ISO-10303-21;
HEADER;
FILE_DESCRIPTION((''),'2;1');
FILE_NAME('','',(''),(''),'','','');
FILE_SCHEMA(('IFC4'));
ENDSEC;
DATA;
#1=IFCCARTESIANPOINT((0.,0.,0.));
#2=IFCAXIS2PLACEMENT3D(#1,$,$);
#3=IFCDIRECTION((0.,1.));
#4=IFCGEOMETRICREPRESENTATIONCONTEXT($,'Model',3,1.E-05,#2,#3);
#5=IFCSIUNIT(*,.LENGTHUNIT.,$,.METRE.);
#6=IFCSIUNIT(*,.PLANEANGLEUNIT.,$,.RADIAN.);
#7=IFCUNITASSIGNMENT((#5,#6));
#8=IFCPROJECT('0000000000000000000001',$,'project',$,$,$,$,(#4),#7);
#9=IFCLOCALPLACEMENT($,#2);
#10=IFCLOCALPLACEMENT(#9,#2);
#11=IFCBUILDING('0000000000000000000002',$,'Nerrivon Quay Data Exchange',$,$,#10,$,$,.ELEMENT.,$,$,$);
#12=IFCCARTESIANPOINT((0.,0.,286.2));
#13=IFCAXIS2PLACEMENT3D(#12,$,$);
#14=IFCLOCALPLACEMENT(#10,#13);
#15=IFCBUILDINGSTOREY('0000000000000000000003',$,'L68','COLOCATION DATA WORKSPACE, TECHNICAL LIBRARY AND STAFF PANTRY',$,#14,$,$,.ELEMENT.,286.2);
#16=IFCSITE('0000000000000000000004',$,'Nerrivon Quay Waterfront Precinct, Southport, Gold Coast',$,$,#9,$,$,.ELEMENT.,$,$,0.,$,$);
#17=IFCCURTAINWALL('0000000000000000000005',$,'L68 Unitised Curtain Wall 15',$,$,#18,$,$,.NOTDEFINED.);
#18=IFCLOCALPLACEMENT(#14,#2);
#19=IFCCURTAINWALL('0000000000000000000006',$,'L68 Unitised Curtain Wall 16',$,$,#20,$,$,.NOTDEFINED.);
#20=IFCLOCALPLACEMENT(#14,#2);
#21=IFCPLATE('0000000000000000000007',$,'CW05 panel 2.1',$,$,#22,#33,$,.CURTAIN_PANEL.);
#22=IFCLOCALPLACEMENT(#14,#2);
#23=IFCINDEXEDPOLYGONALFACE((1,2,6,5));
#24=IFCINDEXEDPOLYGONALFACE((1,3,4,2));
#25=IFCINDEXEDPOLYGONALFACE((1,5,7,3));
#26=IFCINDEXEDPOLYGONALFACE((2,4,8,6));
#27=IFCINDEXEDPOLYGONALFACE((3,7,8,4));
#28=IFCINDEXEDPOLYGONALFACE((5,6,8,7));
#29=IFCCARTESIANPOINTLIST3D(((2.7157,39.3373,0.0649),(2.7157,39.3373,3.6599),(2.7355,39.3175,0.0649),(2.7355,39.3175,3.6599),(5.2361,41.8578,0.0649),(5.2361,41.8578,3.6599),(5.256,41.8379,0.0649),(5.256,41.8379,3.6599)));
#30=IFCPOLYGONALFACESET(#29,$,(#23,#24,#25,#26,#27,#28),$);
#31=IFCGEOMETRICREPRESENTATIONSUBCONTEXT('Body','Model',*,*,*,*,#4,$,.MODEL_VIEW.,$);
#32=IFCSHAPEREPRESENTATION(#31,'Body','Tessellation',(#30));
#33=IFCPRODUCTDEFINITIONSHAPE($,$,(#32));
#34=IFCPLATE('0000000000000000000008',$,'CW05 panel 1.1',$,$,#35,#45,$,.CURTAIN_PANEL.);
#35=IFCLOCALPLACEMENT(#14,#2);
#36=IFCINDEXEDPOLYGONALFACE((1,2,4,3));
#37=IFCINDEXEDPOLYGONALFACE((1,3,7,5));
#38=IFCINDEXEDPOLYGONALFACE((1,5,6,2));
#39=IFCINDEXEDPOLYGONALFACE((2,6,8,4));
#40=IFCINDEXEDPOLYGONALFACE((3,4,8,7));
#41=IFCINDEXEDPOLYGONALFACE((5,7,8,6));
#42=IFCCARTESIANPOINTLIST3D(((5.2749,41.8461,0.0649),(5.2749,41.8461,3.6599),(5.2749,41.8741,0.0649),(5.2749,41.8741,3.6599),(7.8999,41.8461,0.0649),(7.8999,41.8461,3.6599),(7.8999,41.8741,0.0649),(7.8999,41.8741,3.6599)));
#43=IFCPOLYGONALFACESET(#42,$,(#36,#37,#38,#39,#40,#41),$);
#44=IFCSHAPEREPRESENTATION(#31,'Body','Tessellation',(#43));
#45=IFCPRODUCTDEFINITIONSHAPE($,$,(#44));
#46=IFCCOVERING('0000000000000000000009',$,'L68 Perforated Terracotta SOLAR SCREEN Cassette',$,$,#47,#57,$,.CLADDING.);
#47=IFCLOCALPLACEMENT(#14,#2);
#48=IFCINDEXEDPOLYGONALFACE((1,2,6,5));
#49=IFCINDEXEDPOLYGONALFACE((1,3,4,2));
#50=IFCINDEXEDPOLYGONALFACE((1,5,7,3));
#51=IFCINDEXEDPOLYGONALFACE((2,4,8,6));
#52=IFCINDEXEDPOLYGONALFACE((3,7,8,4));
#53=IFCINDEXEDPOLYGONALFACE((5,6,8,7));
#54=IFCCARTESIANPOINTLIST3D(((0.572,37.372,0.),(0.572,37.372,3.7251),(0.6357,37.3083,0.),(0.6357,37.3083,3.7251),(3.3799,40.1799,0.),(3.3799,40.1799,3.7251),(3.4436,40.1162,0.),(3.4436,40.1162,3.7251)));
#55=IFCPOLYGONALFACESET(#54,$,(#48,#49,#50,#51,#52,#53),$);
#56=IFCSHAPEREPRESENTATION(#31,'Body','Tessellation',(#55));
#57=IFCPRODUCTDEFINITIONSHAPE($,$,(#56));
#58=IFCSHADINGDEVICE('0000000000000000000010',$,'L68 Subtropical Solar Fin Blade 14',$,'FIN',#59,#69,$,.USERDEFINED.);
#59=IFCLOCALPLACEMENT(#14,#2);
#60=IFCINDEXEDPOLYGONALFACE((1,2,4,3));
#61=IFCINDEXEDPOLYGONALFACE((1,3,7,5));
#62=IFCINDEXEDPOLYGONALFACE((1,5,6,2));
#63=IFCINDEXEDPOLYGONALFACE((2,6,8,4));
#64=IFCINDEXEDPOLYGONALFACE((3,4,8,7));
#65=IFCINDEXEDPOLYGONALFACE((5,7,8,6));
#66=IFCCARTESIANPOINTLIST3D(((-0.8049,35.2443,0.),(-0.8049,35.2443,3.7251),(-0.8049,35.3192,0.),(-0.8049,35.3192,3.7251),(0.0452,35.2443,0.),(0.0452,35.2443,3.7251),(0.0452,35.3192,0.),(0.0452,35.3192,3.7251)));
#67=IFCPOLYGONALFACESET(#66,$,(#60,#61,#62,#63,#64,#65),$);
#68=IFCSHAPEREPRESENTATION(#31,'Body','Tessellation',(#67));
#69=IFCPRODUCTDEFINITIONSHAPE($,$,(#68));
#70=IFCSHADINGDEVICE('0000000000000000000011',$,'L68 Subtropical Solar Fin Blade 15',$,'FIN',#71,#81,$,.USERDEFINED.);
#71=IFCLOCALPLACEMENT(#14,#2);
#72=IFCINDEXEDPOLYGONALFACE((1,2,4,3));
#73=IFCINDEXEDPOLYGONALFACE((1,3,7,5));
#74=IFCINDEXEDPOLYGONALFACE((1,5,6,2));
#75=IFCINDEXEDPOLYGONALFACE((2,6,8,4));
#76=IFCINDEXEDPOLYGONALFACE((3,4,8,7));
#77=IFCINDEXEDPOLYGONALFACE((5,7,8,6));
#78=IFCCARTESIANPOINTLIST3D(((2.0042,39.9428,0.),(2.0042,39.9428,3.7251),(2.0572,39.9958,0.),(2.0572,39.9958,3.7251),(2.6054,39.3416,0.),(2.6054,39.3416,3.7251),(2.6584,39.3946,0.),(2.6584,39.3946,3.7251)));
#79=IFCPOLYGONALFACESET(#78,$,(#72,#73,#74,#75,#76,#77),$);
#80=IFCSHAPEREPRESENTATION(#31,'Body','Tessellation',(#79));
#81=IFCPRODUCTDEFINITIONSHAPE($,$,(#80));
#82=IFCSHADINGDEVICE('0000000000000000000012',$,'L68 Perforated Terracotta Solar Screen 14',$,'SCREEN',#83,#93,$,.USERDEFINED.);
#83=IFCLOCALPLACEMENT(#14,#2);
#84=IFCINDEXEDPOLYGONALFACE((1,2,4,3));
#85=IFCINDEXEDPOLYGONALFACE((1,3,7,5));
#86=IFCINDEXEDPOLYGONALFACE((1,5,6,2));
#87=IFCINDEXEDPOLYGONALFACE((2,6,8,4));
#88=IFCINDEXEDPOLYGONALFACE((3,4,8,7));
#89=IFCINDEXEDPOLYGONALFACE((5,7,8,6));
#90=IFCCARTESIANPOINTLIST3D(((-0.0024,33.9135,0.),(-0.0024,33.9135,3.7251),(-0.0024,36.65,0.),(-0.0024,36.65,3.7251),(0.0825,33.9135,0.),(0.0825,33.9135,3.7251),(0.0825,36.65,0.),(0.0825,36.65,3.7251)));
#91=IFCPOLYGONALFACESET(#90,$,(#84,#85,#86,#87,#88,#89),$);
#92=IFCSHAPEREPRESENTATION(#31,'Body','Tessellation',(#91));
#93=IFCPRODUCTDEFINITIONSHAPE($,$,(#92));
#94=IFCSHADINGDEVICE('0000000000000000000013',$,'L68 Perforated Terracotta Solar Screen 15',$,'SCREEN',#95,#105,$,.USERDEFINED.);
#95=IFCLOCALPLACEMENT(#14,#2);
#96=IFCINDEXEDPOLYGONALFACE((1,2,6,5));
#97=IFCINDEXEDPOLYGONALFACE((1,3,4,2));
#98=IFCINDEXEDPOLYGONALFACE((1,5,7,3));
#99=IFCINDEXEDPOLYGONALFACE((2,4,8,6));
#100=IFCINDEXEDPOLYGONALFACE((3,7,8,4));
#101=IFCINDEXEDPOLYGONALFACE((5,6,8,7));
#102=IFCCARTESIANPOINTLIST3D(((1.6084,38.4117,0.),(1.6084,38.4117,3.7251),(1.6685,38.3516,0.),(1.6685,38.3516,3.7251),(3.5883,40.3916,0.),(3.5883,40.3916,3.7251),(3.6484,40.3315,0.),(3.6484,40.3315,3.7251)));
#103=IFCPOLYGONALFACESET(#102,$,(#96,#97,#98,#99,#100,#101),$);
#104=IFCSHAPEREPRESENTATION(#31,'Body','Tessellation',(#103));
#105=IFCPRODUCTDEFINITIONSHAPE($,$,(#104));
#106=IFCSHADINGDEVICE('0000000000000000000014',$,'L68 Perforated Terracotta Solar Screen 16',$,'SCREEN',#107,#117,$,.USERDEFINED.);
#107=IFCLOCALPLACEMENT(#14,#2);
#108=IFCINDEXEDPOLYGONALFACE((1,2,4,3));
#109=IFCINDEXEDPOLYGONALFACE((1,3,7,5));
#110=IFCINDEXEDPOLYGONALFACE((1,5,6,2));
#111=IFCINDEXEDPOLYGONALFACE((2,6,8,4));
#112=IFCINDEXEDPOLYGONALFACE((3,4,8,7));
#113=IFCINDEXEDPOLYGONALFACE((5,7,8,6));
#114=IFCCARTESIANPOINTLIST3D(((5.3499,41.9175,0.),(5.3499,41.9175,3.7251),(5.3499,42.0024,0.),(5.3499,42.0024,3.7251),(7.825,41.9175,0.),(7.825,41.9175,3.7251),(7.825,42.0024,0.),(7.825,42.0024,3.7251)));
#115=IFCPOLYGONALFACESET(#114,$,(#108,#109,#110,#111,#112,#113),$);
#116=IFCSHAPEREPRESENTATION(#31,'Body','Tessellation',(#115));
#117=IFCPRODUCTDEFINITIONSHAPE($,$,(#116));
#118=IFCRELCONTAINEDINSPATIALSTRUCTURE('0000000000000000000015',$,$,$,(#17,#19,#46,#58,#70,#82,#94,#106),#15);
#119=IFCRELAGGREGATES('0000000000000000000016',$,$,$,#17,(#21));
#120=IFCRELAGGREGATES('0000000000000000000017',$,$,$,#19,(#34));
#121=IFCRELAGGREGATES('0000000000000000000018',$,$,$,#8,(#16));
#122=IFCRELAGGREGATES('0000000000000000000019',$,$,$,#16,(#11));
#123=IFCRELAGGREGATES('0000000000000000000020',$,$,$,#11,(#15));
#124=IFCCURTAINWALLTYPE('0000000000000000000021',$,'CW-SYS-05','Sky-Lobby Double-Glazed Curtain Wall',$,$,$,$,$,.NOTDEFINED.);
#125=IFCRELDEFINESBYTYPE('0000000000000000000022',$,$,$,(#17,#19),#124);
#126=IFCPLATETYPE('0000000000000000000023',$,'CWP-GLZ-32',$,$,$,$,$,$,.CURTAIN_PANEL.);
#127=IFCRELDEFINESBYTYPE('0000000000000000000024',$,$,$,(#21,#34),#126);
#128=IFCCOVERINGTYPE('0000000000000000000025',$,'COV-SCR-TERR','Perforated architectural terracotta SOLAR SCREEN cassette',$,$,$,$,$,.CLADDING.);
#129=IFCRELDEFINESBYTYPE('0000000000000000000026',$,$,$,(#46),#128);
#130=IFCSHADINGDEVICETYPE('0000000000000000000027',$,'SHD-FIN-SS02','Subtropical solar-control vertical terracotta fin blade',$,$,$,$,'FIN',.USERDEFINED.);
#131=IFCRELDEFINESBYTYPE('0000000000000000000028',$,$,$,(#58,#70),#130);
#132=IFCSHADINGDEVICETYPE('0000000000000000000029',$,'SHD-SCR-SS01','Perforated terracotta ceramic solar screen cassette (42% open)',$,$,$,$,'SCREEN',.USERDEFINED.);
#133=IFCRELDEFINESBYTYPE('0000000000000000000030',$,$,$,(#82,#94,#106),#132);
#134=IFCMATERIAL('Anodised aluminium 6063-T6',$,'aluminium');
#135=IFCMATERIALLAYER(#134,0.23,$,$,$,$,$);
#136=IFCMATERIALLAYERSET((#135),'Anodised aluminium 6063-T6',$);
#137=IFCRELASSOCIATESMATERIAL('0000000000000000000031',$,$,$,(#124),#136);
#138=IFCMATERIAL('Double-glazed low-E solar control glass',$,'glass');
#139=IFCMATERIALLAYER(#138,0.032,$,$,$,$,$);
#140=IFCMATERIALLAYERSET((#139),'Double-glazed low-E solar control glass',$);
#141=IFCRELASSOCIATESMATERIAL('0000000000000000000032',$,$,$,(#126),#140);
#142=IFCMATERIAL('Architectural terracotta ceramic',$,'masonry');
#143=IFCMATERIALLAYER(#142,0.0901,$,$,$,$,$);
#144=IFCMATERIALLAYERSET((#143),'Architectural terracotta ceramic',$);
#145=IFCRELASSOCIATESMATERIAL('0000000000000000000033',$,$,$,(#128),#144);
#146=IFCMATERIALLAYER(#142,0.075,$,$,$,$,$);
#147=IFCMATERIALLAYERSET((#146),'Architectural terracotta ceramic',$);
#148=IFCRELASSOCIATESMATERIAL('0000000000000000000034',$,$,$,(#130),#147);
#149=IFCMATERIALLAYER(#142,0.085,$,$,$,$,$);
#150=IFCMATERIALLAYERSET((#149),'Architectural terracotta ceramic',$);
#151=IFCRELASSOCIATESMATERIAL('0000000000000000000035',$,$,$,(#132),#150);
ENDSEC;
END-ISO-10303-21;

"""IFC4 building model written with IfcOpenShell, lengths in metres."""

from ifc_helpers import new_model, si_unit, direction, frame, origin, origin_2d, place, context, subcontext, project, spatial, rectangle, extrude, material, layer, layer_set, type_object, element, aggregate, save


model = new_model("IFC4")

# Units and contexts
model_context = context("Model", 3, precision=1e-05, world=origin(), true_north=direction((0.0, 1.0)))
body_context = subcontext(model_context, "Body", "Model", "MODEL_VIEW")
ifc_project = project(units=[si_unit("LENGTHUNIT", "METRE"), si_unit("PLANEANGLEUNIT", "RADIAN")], contexts=[model_context])

# Site, building, storey
site_placement = place(None, origin())
site = spatial("IfcSite", under=ifc_project, at=site_placement, Name="Nerrivon Quay Waterfront Precinct, Southport, Gold Coast", CompositionType="ELEMENT", RefElevation=0.0)
building_placement = place(site_placement, origin())
building = spatial("IfcBuilding", under=site, at=building_placement, Name="Nerrivon Quay Data Exchange", CompositionType="ELEMENT")
storey_placement = place(building_placement, frame((0.0, 0.0, 286.2)))
storey = spatial("IfcBuildingStorey", under=building, at=storey_placement, Name="L68", Description="COLOCATION DATA WORKSPACE, TECHNICAL LIBRARY AND STAFF PANTRY", CompositionType="ELEMENT", Elevation=286.2)

# Curtain wall
ifc_material_1 = material(Name="Anodised aluminium 6063-T6", Category="aluminium")
ifc_layer_1 = layer(ifc_material_1, 0.23)
ifc_layer_set_1 = layer_set([ifc_layer_1], Name="Anodised aluminium 6063-T6")
curtain_wall_type = type_object("IfcCurtainWallType", Name="CW-SYS-05", Description="Sky-Lobby Double-Glazed Curtain Wall", PredefinedType="NOTDEFINED", material=ifc_layer_set_1)
curtain_wall_1_placement = place(storey_placement, origin())
curtain_wall_1 = element("IfcCurtainWall", 1, at=curtain_wall_1_placement, inside=storey, type_object=curtain_wall_type, Name="L68 Unitised Curtain Wall 15", PredefinedType="NOTDEFINED")

# Curtain wall
curtain_wall_2_placement = place(storey_placement, origin())
curtain_wall_2 = element("IfcCurtainWall", 2, at=curtain_wall_2_placement, inside=storey, type_object=curtain_wall_type, Name="L68 Unitised Curtain Wall 16", PredefinedType="NOTDEFINED")

# Plates
ifc_material_2 = material(Name="Double-glazed low-E solar control glass", Category="glass")
ifc_layer_2 = layer(ifc_material_2, 0.032)
ifc_layer_set_2 = layer_set([ifc_layer_2], Name="Double-glazed low-E solar control glass")
plate_type = type_object("IfcPlateType", Name="CWP-GLZ-32", PredefinedType="CURTAIN_PANEL", material=ifc_layer_set_2)
plate_1_placement = place(storey_placement, frame((3.9858, 40.5876, 0.0649), z_axis=(0.0, 0.0, 1.0), x_axis=(0.707107, 0.707107, 0.0)))
plate_1 = element("IfcPlate", 3, at=plate_1_placement, type_object=plate_type, Name="CW05 panel 2.1", PredefinedType="CURTAIN_PANEL", context=body_context, shape_type="SweptSolid", body=[
    extrude(rectangle(XDim=3.5645, YDim=0.0281, at=origin_2d()), origin(), (0.0, 0.0, 1.0), 3.595),
])
aggregate(curtain_wall_1, [plate_1])
plate_2_placement = place(storey_placement, frame((6.5874, 41.8601, 0.0649), z_axis=(0.0, 0.0, 1.0), x_axis=(1.0, 0.0, 0.0)))
plate_2 = element("IfcPlate", 4, at=plate_2_placement, type_object=plate_type, Name="CW05 panel 1.1", PredefinedType="CURTAIN_PANEL", context=body_context, shape_type="SweptSolid", body=[
    extrude(rectangle(XDim=2.625, YDim=0.0281, at=origin_2d()), origin(), (0.0, 0.0, 1.0), 3.595),
])
aggregate(curtain_wall_2, [plate_2])

# Covering
ifc_material_3 = material(Name="Architectural terracotta ceramic", Category="masonry")
ifc_layer_3 = layer(ifc_material_3, 0.0901)
ifc_layer_set_3 = layer_set([ifc_layer_3], Name="Architectural terracotta ceramic")
covering_type = type_object("IfcCoveringType", Name="COV-SCR-TERR", Description="Perforated architectural terracotta SOLAR SCREEN cassette", PredefinedType="CLADDING", material=ifc_layer_set_3)
covering_placement = place(storey_placement, frame((2.0078, 38.7441, 0.0), z_axis=(0.0, 0.0, 1.0), x_axis=(0.707107, 0.707107, 0.0)))
element("IfcCovering", 5, at=covering_placement, inside=storey, type_object=covering_type, Name="L68 Perforated Terracotta SOLAR SCREEN Cassette", PredefinedType="CLADDING", context=body_context, shape_type="SweptSolid", body=[
    extrude(rectangle(XDim=3.9709, YDim=0.0901, at=origin_2d()), origin(), (0.0, 0.0, 1.0), 3.7251),
])

# Shading devices
ifc_layer_4 = layer(ifc_material_3, 0.075)
ifc_layer_set_4 = layer_set([ifc_layer_4], Name="Architectural terracotta ceramic")
shading_device_type_1 = type_object("IfcShadingDeviceType", Name="SHD-FIN-SS02", Description="Subtropical solar-control vertical terracotta fin blade", ElementType="FIN", PredefinedType="USERDEFINED", material=ifc_layer_set_4)
for number, where, z_axis, x_axis, name in (
    (6, (-0.3799, 35.2817, 0.0), (0.0, 0.0, 1.0), (0.0, 1.0, 0.0), "L68 Subtropical Solar Fin Blade 14"),
    (7, (2.3313, 39.6687, 0.0), (0.0, 0.0, 1.0), (0.707107, 0.707107, 0.0), "L68 Subtropical Solar Fin Blade 15"),
):
    element("IfcShadingDevice", number, at=place(storey_placement, frame(where, z_axis=z_axis, x_axis=x_axis)), inside=storey, type_object=shading_device_type_1, Name=name, ObjectType="FIN", PredefinedType="USERDEFINED", context=body_context, shape_type="SweptSolid", body=[
        extrude(rectangle(XDim=0.075, YDim=0.8501, at=origin_2d()), origin(), (0.0, 0.0, 1.0), 3.7251),
    ])
ifc_layer_5 = layer(ifc_material_3, 0.085)
ifc_layer_set_5 = layer_set([ifc_layer_5], Name="Architectural terracotta ceramic")
shading_device_type_2 = type_object("IfcShadingDeviceType", Name="SHD-SCR-SS01", Description="Perforated terracotta ceramic solar screen cassette (42% open)", ElementType="SCREEN", PredefinedType="USERDEFINED", material=ifc_layer_set_5)
shading_device_1_placement = place(storey_placement, frame((0.04, 35.2817, 0.0), z_axis=(0.0, 0.0, 1.0), x_axis=(0.0, 1.0, 0.0)))
element("IfcShadingDevice", 8, at=shading_device_1_placement, inside=storey, type_object=shading_device_type_2, Name="L68 Perforated Terracotta Solar Screen 14", ObjectType="SCREEN", PredefinedType="USERDEFINED", context=body_context, shape_type="SweptSolid", body=[
    extrude(rectangle(XDim=2.7366, YDim=0.085, at=origin_2d()), origin(), (0.0, 0.0, 1.0), 3.7251),
])
shading_device_2_placement = place(storey_placement, frame((2.6284, 39.3716, 0.0), z_axis=(0.0, 0.0, 1.0), x_axis=(0.707107, 0.707107, 0.0)))
element("IfcShadingDevice", 9, at=shading_device_2_placement, inside=storey, type_object=shading_device_type_2, Name="L68 Perforated Terracotta Solar Screen 15", ObjectType="SCREEN", PredefinedType="USERDEFINED", context=body_context, shape_type="SweptSolid", body=[
    extrude(rectangle(XDim=2.8, YDim=0.085, at=origin_2d()), origin(), (0.0, 0.0, 1.0), 3.7251),
])
shading_device_3_placement = place(storey_placement, frame((6.5874, 41.96, 0.0), z_axis=(0.0, 0.0, 1.0), x_axis=(1.0, 0.0, 0.0)))
element("IfcShadingDevice", 10, at=shading_device_3_placement, inside=storey, type_object=shading_device_type_2, Name="L68 Perforated Terracotta Solar Screen 16", ObjectType="SCREEN", PredefinedType="USERDEFINED", context=body_context, shape_type="SweptSolid", body=[
    extrude(rectangle(XDim=2.4751, YDim=0.085, at=origin_2d()), origin(), (0.0, 0.0, 1.0), 3.7251),
])

save(model, "model.ifc")
